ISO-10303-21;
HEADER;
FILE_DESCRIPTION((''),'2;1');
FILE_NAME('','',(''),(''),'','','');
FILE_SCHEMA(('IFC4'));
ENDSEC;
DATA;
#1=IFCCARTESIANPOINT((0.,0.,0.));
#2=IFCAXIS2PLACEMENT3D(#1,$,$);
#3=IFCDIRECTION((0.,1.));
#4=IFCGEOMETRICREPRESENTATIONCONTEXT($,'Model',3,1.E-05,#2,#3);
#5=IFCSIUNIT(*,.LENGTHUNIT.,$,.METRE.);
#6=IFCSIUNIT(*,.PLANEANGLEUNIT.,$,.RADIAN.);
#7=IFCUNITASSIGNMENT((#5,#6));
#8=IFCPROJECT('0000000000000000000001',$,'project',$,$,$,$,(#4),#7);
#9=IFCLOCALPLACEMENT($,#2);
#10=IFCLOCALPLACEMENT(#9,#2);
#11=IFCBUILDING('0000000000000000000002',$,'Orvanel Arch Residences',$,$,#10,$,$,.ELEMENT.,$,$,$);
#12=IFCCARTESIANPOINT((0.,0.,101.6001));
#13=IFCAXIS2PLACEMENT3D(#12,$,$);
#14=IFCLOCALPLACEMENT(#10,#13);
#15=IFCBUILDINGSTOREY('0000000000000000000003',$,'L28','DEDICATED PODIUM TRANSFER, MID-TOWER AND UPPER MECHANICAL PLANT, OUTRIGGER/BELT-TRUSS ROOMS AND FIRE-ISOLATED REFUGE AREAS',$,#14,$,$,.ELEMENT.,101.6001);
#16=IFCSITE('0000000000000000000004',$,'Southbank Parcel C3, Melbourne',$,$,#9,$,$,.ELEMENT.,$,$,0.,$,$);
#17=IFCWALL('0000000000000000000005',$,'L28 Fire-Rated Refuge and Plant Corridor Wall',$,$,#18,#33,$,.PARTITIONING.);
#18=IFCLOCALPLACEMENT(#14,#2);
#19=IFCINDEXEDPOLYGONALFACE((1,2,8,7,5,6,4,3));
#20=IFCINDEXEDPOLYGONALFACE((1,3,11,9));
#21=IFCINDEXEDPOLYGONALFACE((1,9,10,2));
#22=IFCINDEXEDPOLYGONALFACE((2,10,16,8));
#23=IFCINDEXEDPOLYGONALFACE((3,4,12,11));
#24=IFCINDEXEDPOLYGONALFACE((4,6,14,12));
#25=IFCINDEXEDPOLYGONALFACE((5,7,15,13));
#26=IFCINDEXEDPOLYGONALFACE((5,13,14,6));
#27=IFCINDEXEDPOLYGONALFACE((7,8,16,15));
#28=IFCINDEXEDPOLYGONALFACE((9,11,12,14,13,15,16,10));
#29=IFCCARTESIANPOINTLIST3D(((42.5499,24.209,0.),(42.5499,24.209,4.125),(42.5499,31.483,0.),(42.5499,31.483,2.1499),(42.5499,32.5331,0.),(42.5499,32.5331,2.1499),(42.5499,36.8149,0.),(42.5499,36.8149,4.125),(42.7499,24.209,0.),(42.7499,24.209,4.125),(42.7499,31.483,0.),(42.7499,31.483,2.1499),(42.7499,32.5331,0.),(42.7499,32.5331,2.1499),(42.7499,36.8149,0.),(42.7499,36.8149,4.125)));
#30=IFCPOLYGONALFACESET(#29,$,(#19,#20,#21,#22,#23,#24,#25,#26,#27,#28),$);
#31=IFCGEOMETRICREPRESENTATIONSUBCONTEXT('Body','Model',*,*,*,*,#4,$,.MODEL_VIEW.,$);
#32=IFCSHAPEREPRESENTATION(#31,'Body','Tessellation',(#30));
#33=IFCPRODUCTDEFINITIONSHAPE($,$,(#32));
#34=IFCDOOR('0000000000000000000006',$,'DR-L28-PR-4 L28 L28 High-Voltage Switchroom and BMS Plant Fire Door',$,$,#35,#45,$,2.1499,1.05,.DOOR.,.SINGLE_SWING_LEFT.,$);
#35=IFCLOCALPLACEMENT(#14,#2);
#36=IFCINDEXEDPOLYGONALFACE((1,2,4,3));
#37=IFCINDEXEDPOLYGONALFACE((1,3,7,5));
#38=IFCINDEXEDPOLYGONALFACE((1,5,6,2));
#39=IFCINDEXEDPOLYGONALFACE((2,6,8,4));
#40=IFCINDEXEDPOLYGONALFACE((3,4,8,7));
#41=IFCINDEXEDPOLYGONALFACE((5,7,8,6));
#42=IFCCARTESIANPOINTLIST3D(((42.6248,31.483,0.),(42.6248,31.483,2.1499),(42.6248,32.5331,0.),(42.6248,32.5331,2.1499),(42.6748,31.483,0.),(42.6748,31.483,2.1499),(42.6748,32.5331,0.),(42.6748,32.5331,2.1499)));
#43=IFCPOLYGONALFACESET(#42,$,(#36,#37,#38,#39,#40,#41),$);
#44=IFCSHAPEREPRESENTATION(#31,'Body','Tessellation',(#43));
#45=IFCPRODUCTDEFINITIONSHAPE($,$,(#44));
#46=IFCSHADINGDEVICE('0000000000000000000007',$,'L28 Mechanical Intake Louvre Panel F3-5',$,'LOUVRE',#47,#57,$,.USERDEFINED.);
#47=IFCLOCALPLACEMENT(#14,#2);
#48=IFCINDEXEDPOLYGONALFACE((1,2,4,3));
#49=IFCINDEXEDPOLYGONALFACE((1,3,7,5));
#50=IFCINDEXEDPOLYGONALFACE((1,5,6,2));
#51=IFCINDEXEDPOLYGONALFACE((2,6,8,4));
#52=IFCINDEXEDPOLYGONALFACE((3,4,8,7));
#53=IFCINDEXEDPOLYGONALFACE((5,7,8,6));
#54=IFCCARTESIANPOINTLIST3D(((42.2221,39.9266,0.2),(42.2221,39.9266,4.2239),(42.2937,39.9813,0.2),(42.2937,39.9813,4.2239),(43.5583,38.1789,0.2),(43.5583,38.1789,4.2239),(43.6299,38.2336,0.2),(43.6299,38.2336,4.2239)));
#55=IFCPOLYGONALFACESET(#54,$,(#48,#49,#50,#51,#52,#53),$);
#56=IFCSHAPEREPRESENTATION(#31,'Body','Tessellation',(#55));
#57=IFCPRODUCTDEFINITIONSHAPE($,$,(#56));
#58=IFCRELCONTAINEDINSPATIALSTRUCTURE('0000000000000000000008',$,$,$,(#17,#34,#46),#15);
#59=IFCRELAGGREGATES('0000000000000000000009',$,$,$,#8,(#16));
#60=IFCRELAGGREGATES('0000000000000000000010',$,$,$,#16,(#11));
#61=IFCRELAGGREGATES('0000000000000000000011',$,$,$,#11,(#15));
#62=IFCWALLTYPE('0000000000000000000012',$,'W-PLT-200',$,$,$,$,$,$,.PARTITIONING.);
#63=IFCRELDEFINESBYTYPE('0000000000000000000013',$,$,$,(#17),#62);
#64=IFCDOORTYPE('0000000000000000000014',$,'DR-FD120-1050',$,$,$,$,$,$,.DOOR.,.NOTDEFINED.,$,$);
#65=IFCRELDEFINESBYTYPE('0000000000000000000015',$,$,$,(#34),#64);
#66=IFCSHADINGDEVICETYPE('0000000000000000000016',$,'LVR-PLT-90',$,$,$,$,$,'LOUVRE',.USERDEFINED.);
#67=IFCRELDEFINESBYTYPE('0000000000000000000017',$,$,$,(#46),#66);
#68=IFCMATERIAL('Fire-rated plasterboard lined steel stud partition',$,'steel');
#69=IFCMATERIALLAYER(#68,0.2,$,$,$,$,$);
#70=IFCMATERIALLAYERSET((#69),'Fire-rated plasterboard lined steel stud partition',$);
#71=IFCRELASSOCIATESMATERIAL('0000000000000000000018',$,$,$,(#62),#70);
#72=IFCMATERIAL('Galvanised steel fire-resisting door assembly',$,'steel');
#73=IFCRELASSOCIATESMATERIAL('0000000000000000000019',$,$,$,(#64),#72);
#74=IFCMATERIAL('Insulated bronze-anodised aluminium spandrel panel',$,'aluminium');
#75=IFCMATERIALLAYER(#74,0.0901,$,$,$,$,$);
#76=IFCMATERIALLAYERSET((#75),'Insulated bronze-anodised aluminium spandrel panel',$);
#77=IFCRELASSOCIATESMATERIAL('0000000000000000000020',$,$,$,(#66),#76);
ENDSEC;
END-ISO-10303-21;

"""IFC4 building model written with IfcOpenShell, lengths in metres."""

from ifc_helpers import new_model, si_unit, direction, frame, frame_2d, origin, origin_2d, place, context, subcontext, project, spatial, rectangle, extrude, material, layer, layer_set, type_object, element, fill, save


model = new_model("IFC4")

# Units and contexts
model_context = context("Model", 3, precision=1e-05, world=origin(), true_north=direction((0.0, 1.0)))
body_context = subcontext(model_context, "Body", "Model", "MODEL_VIEW")
ifc_project = project(units=[si_unit("LENGTHUNIT", "METRE"), si_unit("PLANEANGLEUNIT", "RADIAN")], contexts=[model_context])

# Site, building, storey
site_placement = place(None, origin())
site = spatial("IfcSite", under=ifc_project, at=site_placement, Name="Southbank Parcel C3, Melbourne", CompositionType="ELEMENT", RefElevation=0.0)
building_placement = place(site_placement, origin())
building = spatial("IfcBuilding", under=site, at=building_placement, Name="Orvanel Arch Residences", CompositionType="ELEMENT")
storey_placement = place(building_placement, frame((0.0, 0.0, 101.6001)))
storey = spatial("IfcBuildingStorey", under=building, at=storey_placement, Name="L28", Description="DEDICATED PODIUM TRANSFER, MID-TOWER AND UPPER MECHANICAL PLANT, OUTRIGGER/BELT-TRUSS ROOMS AND FIRE-ISOLATED REFUGE AREAS", CompositionType="ELEMENT", Elevation=101.6001)

# Shared definitions
ifc_material_1 = material(Name="Fire-rated plasterboard lined steel stud partition", Category="steel")
ifc_layer_1 = layer(ifc_material_1, 0.2)
ifc_layer_set_1 = layer_set([ifc_layer_1], Name="Fire-rated plasterboard lined steel stud partition")
wall_type_1 = type_object("IfcWallType", Name="W-PLT-200", PredefinedType="PARTITIONING", material=ifc_layer_set_1)

# Wall, opening, door
wall_1_placement = place(storey_placement, frame((42.6499, 36.8149, 0.0), z_axis=(0.0, 0.0, 1.0), x_axis=(0.0, -1.0, 0.0)))
wall_1 = element("IfcWall", 1, at=wall_1_placement, inside=storey, type_object=wall_type_1, Name="L28 Fire-Rated Refuge and Plant Corridor Wall", PredefinedType="PARTITIONING", context=body_context, shape_type="SweptSolid", body=[
    extrude(rectangle(XDim=12.606, YDim=0.2, at=frame_2d((6.303, 0.0))), origin(), (0.0, 0.0, 1.0), 4.125),
])
opening_placement = place(wall_1_placement, frame((4.282, 0.0, 0.0)))
opening = element("IfcOpeningElement", 2, at=opening_placement, cuts=wall_1, PredefinedType="OPENING", context=body_context, shape_type="SweptSolid", body=[
    extrude(rectangle(XDim=1.05, YDim=2.1499, at=frame_2d((0.5249, 1.075))), frame((0.0, 0.1099, 0.0), z_axis=(0.0, -1.0, 0.0), x_axis=(1.0, 0.0, 0.0)), (0.0, 0.0, 1.0), 0.22),
])
ifc_material_2 = material(Name="Galvanised steel fire-resisting door assembly", Category="steel")
door_type = type_object("IfcDoorType", Name="DR-FD120-1050", OperationType="NOTDEFINED", PredefinedType="DOOR", material=ifc_material_2)
door_placement = place(opening_placement, origin())
door = element("IfcDoor", 3, at=door_placement, inside=storey, type_object=door_type, Name="DR-L28-PR-4 L28 L28 High-Voltage Switchroom and BMS Plant Fire Door", OperationType="SINGLE_SWING_LEFT", OverallHeight=2.1499, OverallWidth=1.05, PredefinedType="DOOR", context=body_context, shape_type="SweptSolid", body=[
    extrude(rectangle(XDim=1.05, YDim=2.1499, at=frame_2d((0.5249, 1.075))), frame((0.0, 0.0249, 0.0), z_axis=(0.0, -1.0, 0.0), x_axis=(1.0, 0.0, 0.0)), (0.0, 0.0, 1.0), 0.05),
])
fill(opening, door)

# Shading device
ifc_material_3 = material(Name="Insulated bronze-anodised aluminium spandrel panel", Category="aluminium")
ifc_layer_2 = layer(ifc_material_3, 0.0901)
ifc_layer_set_2 = layer_set([ifc_layer_2], Name="Insulated bronze-anodised aluminium spandrel panel")
shading_device_type = type_object("IfcShadingDeviceType", Name="LVR-PLT-90", ElementType="LOUVRE", PredefinedType="USERDEFINED", material=ifc_layer_set_2)
shading_device_placement = place(storey_placement, frame((42.926, 39.0801, 0.2), z_axis=(0.0, 0.0, 1.0), x_axis=(-0.607376, 0.794415, 0.0)))
element("IfcShadingDevice", 4, at=shading_device_placement, inside=storey, type_object=shading_device_type, Name="L28 Mechanical Intake Louvre Panel F3-5", ObjectType="LOUVRE", PredefinedType="USERDEFINED", context=body_context, shape_type="SweptSolid", body=[
    extrude(rectangle(XDim=2.2, YDim=0.0901, at=origin_2d()), origin(), (0.0, 0.0, 1.0), 4.0239),
])

save(model, "model.ifc")
